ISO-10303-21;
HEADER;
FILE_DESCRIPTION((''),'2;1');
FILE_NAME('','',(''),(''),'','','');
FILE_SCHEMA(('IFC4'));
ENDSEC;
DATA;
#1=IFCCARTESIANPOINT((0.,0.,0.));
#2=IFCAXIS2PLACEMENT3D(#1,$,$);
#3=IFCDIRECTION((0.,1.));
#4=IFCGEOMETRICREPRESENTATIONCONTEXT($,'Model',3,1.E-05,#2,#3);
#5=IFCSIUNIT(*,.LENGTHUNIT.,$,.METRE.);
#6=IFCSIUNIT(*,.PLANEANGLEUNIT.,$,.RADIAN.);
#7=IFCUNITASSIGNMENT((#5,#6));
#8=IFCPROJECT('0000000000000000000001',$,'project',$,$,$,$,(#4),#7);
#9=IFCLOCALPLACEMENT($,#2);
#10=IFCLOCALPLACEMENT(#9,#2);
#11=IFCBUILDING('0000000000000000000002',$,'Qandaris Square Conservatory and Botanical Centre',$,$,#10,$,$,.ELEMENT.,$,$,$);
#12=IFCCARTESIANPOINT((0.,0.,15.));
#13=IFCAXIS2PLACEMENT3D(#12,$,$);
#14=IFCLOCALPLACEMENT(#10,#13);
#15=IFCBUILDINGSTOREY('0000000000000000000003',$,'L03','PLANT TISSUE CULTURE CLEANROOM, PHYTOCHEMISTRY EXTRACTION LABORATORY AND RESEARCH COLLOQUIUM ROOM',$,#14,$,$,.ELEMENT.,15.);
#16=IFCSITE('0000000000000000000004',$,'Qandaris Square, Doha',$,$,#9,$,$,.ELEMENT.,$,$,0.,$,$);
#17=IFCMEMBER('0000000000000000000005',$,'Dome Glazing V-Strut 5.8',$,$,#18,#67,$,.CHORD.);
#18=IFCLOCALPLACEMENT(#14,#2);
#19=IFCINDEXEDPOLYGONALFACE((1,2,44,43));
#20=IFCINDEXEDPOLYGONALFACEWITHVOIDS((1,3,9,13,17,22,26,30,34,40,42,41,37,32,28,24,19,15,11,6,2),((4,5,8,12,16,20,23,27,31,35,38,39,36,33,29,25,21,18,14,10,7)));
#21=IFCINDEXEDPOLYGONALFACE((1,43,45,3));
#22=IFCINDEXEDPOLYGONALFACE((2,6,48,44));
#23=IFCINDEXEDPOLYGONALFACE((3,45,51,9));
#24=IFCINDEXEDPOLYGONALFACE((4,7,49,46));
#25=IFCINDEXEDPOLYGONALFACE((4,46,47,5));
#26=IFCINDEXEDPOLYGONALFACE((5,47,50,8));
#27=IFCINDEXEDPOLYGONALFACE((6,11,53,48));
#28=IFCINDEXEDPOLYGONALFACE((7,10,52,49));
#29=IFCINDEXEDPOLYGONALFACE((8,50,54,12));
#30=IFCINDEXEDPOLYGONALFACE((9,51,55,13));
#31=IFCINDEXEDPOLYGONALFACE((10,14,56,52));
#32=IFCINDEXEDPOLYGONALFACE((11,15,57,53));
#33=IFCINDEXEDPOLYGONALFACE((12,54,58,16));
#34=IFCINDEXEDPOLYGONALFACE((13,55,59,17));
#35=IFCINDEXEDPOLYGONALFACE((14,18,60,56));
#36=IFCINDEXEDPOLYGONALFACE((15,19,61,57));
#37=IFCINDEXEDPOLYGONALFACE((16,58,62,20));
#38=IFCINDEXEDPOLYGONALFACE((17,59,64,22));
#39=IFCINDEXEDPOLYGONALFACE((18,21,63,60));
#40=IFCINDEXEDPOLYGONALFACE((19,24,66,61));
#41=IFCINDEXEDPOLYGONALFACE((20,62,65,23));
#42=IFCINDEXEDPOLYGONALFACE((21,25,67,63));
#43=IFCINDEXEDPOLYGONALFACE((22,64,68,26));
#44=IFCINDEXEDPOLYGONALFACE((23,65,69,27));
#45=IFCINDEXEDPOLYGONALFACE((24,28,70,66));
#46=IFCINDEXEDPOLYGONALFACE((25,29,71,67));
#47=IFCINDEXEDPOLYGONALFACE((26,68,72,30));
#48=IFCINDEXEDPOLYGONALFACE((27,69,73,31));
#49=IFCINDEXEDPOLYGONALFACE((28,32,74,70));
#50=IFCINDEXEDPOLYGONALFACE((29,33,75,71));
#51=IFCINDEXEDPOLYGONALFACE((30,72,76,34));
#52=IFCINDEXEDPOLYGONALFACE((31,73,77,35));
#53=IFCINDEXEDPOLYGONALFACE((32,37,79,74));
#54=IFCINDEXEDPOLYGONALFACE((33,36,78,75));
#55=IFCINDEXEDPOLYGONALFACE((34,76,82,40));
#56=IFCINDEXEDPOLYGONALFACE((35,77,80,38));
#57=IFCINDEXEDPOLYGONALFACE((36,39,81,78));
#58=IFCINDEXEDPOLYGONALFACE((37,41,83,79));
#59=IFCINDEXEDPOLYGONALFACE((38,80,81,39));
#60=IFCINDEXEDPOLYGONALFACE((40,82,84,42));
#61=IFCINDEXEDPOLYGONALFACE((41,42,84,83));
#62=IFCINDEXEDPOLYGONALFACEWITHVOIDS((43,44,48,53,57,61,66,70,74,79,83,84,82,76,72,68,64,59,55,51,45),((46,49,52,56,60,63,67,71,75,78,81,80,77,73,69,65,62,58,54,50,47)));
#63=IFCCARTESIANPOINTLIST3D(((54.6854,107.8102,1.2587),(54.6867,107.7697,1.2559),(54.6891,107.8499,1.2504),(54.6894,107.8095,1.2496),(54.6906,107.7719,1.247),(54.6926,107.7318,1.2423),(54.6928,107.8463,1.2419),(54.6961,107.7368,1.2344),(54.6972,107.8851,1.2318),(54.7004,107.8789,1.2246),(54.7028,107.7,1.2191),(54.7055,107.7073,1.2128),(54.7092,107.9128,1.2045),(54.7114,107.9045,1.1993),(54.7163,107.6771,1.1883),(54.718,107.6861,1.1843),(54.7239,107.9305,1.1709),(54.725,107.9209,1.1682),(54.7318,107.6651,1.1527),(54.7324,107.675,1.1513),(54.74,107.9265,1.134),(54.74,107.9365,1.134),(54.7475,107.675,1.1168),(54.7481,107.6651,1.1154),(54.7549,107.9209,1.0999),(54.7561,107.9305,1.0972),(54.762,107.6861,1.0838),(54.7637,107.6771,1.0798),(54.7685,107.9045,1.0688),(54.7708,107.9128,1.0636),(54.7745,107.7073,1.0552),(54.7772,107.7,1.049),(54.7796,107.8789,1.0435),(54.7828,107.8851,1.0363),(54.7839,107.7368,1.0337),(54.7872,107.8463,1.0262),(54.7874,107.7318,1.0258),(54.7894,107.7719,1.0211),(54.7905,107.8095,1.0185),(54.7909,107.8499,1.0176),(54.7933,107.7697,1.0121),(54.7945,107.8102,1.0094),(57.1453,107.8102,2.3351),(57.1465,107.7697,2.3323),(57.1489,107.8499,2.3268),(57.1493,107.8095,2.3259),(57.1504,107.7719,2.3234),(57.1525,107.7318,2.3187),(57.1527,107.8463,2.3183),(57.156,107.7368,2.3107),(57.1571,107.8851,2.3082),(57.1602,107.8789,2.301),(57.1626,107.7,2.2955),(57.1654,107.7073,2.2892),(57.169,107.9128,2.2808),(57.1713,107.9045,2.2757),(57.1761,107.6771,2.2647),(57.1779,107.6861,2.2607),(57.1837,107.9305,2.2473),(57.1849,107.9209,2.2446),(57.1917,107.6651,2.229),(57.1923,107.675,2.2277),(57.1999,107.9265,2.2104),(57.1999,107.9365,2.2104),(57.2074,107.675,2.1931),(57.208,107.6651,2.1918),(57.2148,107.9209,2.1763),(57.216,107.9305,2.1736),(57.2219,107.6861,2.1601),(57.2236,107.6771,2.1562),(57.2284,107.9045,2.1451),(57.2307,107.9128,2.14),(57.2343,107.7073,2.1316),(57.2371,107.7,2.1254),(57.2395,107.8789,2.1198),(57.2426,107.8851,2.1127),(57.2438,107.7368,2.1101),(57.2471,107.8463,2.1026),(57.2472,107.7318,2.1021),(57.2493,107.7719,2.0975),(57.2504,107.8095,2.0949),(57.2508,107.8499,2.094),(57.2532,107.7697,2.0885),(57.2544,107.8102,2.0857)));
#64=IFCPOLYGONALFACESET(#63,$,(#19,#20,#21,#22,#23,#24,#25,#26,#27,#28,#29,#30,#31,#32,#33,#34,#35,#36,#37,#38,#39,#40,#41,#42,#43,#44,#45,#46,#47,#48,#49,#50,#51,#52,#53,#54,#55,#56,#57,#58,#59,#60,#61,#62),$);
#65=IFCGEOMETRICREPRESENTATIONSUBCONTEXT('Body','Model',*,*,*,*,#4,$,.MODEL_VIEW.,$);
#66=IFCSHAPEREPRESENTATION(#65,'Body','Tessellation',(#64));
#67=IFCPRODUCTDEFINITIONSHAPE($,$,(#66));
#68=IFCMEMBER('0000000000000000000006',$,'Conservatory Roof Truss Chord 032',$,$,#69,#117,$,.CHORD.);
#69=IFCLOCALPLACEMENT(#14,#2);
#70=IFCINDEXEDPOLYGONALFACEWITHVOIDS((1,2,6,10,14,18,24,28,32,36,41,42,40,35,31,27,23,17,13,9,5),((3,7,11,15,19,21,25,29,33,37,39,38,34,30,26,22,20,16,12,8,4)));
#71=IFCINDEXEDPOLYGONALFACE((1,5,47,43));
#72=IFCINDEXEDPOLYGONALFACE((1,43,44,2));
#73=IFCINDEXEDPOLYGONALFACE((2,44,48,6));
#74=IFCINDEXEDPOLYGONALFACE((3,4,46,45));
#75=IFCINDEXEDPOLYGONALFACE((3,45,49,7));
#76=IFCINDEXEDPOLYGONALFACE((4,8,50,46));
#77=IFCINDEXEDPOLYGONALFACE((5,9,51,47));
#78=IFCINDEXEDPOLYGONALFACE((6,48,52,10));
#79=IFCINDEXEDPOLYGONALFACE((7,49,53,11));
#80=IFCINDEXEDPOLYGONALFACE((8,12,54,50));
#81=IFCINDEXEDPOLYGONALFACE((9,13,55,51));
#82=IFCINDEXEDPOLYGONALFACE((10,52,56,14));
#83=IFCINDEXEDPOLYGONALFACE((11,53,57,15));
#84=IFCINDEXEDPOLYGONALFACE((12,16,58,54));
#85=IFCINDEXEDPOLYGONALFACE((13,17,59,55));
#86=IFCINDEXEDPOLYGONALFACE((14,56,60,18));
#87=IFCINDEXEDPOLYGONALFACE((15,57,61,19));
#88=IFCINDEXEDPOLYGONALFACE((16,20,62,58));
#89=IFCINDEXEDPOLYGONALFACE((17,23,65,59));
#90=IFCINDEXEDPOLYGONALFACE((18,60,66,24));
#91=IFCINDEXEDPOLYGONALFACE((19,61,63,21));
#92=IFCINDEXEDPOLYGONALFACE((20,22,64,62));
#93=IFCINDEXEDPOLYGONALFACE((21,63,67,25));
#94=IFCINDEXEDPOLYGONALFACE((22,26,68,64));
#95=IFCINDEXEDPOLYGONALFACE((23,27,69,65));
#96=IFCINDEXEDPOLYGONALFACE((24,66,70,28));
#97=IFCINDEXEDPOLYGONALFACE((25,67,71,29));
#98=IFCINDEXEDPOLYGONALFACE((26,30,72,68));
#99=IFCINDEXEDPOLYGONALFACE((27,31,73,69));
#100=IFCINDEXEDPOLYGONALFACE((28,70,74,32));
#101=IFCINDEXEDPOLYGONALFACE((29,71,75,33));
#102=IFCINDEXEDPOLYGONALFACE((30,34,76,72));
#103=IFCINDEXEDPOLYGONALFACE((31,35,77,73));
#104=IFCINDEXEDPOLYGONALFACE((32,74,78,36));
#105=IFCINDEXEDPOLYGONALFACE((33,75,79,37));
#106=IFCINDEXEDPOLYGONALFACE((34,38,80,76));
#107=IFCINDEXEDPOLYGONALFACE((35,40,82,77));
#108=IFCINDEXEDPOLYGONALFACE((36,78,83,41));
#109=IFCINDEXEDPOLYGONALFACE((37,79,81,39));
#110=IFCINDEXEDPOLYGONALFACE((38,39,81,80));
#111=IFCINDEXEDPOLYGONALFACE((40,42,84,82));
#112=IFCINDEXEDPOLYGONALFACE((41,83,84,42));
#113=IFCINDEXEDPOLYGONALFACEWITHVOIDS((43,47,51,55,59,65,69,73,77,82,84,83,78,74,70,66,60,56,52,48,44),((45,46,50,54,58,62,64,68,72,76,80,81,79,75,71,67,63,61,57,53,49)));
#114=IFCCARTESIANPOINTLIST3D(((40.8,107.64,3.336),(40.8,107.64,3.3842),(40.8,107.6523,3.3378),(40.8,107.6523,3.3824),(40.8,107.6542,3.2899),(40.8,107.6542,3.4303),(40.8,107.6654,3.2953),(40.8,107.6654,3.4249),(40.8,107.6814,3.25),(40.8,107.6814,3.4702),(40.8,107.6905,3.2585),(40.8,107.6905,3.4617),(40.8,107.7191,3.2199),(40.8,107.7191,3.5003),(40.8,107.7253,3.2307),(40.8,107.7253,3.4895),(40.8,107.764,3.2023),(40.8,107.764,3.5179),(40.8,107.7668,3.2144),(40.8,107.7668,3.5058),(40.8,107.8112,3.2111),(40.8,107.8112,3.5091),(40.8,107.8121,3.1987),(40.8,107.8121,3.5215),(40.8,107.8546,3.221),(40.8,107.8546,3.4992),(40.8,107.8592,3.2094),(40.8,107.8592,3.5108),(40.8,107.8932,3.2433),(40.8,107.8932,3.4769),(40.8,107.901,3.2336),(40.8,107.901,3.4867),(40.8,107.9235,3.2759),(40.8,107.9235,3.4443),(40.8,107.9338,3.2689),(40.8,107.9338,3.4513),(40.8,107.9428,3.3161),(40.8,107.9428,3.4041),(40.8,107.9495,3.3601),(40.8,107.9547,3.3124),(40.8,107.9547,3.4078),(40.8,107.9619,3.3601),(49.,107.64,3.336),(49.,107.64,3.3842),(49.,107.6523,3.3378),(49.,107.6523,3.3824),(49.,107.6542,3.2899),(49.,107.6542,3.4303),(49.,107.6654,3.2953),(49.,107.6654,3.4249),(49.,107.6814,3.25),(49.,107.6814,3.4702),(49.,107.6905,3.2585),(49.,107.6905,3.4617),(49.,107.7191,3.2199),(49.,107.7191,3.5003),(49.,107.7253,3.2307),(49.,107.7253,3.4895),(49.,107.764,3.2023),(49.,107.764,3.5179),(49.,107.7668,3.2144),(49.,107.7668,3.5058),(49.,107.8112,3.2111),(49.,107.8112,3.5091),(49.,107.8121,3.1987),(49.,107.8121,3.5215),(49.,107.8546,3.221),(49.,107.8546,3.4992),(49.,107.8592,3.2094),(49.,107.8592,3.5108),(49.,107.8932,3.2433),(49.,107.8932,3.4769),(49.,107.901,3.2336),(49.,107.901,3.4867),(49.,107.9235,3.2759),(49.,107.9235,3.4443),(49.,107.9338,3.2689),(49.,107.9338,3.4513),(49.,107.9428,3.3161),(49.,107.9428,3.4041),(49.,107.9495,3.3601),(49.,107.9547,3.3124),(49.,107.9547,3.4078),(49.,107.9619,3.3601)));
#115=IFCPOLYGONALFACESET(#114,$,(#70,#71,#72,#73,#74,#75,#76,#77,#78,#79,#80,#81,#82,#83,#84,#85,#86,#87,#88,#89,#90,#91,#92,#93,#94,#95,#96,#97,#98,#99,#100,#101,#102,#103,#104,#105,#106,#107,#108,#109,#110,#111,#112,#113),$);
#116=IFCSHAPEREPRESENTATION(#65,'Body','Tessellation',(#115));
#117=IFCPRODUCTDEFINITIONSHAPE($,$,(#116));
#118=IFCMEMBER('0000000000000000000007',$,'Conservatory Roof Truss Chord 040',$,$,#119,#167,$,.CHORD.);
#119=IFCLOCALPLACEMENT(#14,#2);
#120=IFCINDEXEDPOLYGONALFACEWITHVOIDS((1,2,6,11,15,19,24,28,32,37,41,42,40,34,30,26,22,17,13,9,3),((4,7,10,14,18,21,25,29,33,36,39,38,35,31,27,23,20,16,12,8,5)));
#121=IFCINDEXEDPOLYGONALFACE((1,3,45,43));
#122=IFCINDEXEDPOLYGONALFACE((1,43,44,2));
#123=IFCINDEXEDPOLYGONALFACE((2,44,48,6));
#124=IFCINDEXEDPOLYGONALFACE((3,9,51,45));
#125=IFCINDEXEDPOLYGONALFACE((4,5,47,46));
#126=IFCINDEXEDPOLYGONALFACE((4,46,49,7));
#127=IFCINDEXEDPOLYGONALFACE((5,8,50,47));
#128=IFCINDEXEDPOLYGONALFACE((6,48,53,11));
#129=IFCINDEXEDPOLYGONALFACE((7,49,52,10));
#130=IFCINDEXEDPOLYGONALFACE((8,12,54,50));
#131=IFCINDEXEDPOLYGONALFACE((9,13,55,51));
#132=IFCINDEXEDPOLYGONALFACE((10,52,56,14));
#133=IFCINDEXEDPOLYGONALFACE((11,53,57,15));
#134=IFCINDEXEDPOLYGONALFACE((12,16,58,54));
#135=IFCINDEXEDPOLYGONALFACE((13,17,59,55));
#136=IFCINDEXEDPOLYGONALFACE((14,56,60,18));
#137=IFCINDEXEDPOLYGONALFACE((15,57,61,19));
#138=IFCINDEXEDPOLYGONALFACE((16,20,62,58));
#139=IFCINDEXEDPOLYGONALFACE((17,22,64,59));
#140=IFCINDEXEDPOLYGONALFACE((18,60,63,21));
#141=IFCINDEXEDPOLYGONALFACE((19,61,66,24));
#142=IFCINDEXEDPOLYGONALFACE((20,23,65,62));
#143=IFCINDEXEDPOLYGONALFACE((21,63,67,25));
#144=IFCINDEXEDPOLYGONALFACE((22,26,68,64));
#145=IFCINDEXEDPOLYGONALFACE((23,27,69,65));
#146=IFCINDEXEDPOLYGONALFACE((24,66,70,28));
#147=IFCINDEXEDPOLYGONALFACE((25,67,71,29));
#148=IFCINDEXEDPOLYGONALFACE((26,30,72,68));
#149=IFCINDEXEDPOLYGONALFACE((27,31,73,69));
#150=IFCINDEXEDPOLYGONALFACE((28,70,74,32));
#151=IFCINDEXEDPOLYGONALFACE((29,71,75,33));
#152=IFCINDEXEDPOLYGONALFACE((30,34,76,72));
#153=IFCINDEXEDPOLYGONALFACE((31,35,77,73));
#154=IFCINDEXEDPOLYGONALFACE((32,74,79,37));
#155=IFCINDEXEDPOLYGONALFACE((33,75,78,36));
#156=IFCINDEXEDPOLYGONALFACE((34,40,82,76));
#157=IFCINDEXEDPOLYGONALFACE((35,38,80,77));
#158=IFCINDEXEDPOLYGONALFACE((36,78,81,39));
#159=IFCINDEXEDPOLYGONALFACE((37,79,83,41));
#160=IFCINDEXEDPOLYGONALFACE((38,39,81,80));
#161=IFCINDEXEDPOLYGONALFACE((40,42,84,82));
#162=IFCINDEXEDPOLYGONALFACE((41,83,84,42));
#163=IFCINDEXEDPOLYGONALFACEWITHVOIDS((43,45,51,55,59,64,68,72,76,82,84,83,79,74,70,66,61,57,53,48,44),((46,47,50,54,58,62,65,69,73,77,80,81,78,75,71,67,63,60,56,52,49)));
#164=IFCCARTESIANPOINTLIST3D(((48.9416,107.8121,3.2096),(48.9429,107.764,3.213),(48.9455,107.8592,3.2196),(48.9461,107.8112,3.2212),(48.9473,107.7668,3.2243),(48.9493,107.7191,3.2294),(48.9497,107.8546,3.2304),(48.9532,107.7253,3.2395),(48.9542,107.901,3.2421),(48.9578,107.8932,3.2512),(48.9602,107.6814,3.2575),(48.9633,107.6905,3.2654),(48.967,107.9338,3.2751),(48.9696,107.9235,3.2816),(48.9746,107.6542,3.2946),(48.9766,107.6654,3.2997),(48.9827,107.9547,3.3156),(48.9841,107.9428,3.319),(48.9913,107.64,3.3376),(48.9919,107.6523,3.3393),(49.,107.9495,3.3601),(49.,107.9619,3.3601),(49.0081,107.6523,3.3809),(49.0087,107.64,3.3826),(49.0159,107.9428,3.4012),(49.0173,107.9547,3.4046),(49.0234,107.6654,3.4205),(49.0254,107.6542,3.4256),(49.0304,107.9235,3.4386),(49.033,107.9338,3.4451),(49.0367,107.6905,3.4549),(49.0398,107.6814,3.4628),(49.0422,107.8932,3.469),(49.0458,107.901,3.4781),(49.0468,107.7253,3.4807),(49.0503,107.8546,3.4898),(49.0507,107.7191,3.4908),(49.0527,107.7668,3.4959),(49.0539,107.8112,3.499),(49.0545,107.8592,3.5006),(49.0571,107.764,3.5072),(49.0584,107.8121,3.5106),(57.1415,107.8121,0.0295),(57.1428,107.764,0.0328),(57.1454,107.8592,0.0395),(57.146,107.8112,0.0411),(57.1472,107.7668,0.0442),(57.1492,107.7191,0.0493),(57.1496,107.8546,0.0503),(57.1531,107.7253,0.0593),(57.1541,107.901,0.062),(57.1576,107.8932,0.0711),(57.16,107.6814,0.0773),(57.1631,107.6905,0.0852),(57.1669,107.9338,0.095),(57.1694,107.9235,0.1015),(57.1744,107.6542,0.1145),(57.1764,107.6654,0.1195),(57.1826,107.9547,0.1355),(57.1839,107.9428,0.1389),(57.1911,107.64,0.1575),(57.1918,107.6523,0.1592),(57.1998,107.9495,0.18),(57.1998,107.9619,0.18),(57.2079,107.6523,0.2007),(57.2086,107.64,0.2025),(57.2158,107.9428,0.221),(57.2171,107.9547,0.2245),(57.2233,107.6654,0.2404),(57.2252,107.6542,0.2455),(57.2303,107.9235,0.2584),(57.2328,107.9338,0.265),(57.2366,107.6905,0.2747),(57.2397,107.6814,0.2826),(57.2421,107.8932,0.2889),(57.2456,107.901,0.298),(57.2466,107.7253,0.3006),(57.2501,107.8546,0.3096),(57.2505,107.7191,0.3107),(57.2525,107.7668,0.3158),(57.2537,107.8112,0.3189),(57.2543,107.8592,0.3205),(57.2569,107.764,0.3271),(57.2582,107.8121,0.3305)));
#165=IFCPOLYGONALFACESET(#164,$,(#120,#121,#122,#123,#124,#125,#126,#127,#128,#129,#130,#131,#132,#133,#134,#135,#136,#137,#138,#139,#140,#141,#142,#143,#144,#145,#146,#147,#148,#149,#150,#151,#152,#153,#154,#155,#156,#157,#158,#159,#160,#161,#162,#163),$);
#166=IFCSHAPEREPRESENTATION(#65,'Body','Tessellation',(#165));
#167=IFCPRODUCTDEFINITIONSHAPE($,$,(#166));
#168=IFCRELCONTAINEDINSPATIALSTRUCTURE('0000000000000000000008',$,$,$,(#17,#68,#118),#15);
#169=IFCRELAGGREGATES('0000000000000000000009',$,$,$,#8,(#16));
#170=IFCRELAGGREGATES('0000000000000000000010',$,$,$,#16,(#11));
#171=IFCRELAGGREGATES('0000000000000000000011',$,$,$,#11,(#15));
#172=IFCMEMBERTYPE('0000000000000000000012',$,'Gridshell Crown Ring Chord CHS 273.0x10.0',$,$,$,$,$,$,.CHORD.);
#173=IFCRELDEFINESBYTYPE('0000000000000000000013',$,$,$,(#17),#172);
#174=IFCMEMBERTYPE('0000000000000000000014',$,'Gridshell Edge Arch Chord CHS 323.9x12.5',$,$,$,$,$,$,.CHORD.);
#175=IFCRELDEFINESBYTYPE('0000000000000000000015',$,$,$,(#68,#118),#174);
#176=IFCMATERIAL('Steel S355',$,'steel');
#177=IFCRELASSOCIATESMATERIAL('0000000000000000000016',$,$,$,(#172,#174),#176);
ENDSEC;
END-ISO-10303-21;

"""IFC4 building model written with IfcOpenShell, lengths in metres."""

from ifc_helpers import new_model, si_unit, direction, frame, origin, origin_2d, place, context, subcontext, project, spatial, hollow_circle, extrude, material, material_profile, profile_set, type_object, element, save


model = new_model("IFC4")

# Units and contexts
model_context = context("Model", 3, precision=1e-05, world=origin(), true_north=direction((0.0, 1.0)))
body_context = subcontext(model_context, "Body", "Model", "MODEL_VIEW")
ifc_project = project(units=[si_unit("LENGTHUNIT", "METRE"), si_unit("PLANEANGLEUNIT", "RADIAN")], contexts=[model_context])

# Site, building, storey
site_placement = place(None, origin())
site = spatial("IfcSite", under=ifc_project, at=site_placement, Name="Qandaris Square, Doha", CompositionType="ELEMENT", RefElevation=0.0)
building_placement = place(site_placement, origin())
building = spatial("IfcBuilding", under=site, at=building_placement, Name="Qandaris Square Conservatory and Botanical Centre", CompositionType="ELEMENT")
storey_placement = place(building_placement, frame((0.0, 0.0, 15.0)))
storey = spatial("IfcBuildingStorey", under=building, at=storey_placement, Name="L03", Description="PLANT TISSUE CULTURE CLEANROOM, PHYTOCHEMISTRY EXTRACTION LABORATORY AND RESEARCH COLLOQUIUM ROOM", CompositionType="ELEMENT", Elevation=15.0)

# Members
ifc_material_1 = material(Name="Steel S355", Category="steel")
ifc_material_profile_1 = material_profile(ifc_material_1, hollow_circle(Radius=0.1365, WallThickness=0.01, at=origin_2d()), Name="CHS 273.0x10.0")
ifc_profile_set_1 = profile_set([ifc_material_profile_1], Name="Steel S355")
member_type_1 = type_object("IfcMemberType", Name="Gridshell Crown Ring Chord CHS 273.0x10.0", PredefinedType="CHORD", material=ifc_profile_set_1)
member_1_placement = place(storey_placement, frame((54.74, 107.8, 1.134), z_axis=(0.916132, 0.0, 0.400876), x_axis=(0.0, 1.0, 0.0)))
element("IfcMember", 1, at=member_1_placement, inside=storey, type_object=member_type_1, Name="Dome Glazing V-Strut 5.8", PredefinedType="CHORD", context=body_context, shape_type="SweptSolid", body=[
    extrude(hollow_circle(Radius=0.1365, WallThickness=0.01, at=origin_2d()), origin(), (0.0, 0.0, 1.0), 2.6851),
])
ifc_material_profile_2 = material_profile(ifc_material_1, hollow_circle(Radius=0.1619, WallThickness=0.0125, at=origin_2d()), Name="CHS 323.9x12.5")
ifc_profile_set_2 = profile_set([ifc_material_profile_2], Name="Steel S355")
member_type_2 = type_object("IfcMemberType", Name="Gridshell Edge Arch Chord CHS 323.9x12.5", PredefinedType="CHORD", material=ifc_profile_set_2)
member_2_placement = place(storey_placement, frame((40.8, 107.8, 3.3601), z_axis=(1.0, 0.0, 0.0), x_axis=(0.0, 1.0, 0.0)))
element("IfcMember", 2, at=member_2_placement, inside=storey, type_object=member_type_2, Name="Conservatory Roof Truss Chord 032", PredefinedType="CHORD", context=body_context, shape_type="SweptSolid", body=[
    extrude(hollow_circle(Radius=0.1619, WallThickness=0.0125, at=origin_2d()), origin(), (0.0, 0.0, 1.0), 8.2),
])
member_3_placement = place(storey_placement, frame((49.0, 107.8, 3.3601), z_axis=(0.932338, 0.0, -0.361587), x_axis=(0.0, 1.0, 0.0)))
element("IfcMember", 3, at=member_3_placement, inside=storey, type_object=member_type_2, Name="Conservatory Roof Truss Chord 040", PredefinedType="CHORD", context=body_context, shape_type="SweptSolid", body=[
    extrude(hollow_circle(Radius=0.1619, WallThickness=0.0125, at=origin_2d()), origin(), (0.0, 0.0, 1.0), 8.7949),
])

save(model, "model.ifc")
